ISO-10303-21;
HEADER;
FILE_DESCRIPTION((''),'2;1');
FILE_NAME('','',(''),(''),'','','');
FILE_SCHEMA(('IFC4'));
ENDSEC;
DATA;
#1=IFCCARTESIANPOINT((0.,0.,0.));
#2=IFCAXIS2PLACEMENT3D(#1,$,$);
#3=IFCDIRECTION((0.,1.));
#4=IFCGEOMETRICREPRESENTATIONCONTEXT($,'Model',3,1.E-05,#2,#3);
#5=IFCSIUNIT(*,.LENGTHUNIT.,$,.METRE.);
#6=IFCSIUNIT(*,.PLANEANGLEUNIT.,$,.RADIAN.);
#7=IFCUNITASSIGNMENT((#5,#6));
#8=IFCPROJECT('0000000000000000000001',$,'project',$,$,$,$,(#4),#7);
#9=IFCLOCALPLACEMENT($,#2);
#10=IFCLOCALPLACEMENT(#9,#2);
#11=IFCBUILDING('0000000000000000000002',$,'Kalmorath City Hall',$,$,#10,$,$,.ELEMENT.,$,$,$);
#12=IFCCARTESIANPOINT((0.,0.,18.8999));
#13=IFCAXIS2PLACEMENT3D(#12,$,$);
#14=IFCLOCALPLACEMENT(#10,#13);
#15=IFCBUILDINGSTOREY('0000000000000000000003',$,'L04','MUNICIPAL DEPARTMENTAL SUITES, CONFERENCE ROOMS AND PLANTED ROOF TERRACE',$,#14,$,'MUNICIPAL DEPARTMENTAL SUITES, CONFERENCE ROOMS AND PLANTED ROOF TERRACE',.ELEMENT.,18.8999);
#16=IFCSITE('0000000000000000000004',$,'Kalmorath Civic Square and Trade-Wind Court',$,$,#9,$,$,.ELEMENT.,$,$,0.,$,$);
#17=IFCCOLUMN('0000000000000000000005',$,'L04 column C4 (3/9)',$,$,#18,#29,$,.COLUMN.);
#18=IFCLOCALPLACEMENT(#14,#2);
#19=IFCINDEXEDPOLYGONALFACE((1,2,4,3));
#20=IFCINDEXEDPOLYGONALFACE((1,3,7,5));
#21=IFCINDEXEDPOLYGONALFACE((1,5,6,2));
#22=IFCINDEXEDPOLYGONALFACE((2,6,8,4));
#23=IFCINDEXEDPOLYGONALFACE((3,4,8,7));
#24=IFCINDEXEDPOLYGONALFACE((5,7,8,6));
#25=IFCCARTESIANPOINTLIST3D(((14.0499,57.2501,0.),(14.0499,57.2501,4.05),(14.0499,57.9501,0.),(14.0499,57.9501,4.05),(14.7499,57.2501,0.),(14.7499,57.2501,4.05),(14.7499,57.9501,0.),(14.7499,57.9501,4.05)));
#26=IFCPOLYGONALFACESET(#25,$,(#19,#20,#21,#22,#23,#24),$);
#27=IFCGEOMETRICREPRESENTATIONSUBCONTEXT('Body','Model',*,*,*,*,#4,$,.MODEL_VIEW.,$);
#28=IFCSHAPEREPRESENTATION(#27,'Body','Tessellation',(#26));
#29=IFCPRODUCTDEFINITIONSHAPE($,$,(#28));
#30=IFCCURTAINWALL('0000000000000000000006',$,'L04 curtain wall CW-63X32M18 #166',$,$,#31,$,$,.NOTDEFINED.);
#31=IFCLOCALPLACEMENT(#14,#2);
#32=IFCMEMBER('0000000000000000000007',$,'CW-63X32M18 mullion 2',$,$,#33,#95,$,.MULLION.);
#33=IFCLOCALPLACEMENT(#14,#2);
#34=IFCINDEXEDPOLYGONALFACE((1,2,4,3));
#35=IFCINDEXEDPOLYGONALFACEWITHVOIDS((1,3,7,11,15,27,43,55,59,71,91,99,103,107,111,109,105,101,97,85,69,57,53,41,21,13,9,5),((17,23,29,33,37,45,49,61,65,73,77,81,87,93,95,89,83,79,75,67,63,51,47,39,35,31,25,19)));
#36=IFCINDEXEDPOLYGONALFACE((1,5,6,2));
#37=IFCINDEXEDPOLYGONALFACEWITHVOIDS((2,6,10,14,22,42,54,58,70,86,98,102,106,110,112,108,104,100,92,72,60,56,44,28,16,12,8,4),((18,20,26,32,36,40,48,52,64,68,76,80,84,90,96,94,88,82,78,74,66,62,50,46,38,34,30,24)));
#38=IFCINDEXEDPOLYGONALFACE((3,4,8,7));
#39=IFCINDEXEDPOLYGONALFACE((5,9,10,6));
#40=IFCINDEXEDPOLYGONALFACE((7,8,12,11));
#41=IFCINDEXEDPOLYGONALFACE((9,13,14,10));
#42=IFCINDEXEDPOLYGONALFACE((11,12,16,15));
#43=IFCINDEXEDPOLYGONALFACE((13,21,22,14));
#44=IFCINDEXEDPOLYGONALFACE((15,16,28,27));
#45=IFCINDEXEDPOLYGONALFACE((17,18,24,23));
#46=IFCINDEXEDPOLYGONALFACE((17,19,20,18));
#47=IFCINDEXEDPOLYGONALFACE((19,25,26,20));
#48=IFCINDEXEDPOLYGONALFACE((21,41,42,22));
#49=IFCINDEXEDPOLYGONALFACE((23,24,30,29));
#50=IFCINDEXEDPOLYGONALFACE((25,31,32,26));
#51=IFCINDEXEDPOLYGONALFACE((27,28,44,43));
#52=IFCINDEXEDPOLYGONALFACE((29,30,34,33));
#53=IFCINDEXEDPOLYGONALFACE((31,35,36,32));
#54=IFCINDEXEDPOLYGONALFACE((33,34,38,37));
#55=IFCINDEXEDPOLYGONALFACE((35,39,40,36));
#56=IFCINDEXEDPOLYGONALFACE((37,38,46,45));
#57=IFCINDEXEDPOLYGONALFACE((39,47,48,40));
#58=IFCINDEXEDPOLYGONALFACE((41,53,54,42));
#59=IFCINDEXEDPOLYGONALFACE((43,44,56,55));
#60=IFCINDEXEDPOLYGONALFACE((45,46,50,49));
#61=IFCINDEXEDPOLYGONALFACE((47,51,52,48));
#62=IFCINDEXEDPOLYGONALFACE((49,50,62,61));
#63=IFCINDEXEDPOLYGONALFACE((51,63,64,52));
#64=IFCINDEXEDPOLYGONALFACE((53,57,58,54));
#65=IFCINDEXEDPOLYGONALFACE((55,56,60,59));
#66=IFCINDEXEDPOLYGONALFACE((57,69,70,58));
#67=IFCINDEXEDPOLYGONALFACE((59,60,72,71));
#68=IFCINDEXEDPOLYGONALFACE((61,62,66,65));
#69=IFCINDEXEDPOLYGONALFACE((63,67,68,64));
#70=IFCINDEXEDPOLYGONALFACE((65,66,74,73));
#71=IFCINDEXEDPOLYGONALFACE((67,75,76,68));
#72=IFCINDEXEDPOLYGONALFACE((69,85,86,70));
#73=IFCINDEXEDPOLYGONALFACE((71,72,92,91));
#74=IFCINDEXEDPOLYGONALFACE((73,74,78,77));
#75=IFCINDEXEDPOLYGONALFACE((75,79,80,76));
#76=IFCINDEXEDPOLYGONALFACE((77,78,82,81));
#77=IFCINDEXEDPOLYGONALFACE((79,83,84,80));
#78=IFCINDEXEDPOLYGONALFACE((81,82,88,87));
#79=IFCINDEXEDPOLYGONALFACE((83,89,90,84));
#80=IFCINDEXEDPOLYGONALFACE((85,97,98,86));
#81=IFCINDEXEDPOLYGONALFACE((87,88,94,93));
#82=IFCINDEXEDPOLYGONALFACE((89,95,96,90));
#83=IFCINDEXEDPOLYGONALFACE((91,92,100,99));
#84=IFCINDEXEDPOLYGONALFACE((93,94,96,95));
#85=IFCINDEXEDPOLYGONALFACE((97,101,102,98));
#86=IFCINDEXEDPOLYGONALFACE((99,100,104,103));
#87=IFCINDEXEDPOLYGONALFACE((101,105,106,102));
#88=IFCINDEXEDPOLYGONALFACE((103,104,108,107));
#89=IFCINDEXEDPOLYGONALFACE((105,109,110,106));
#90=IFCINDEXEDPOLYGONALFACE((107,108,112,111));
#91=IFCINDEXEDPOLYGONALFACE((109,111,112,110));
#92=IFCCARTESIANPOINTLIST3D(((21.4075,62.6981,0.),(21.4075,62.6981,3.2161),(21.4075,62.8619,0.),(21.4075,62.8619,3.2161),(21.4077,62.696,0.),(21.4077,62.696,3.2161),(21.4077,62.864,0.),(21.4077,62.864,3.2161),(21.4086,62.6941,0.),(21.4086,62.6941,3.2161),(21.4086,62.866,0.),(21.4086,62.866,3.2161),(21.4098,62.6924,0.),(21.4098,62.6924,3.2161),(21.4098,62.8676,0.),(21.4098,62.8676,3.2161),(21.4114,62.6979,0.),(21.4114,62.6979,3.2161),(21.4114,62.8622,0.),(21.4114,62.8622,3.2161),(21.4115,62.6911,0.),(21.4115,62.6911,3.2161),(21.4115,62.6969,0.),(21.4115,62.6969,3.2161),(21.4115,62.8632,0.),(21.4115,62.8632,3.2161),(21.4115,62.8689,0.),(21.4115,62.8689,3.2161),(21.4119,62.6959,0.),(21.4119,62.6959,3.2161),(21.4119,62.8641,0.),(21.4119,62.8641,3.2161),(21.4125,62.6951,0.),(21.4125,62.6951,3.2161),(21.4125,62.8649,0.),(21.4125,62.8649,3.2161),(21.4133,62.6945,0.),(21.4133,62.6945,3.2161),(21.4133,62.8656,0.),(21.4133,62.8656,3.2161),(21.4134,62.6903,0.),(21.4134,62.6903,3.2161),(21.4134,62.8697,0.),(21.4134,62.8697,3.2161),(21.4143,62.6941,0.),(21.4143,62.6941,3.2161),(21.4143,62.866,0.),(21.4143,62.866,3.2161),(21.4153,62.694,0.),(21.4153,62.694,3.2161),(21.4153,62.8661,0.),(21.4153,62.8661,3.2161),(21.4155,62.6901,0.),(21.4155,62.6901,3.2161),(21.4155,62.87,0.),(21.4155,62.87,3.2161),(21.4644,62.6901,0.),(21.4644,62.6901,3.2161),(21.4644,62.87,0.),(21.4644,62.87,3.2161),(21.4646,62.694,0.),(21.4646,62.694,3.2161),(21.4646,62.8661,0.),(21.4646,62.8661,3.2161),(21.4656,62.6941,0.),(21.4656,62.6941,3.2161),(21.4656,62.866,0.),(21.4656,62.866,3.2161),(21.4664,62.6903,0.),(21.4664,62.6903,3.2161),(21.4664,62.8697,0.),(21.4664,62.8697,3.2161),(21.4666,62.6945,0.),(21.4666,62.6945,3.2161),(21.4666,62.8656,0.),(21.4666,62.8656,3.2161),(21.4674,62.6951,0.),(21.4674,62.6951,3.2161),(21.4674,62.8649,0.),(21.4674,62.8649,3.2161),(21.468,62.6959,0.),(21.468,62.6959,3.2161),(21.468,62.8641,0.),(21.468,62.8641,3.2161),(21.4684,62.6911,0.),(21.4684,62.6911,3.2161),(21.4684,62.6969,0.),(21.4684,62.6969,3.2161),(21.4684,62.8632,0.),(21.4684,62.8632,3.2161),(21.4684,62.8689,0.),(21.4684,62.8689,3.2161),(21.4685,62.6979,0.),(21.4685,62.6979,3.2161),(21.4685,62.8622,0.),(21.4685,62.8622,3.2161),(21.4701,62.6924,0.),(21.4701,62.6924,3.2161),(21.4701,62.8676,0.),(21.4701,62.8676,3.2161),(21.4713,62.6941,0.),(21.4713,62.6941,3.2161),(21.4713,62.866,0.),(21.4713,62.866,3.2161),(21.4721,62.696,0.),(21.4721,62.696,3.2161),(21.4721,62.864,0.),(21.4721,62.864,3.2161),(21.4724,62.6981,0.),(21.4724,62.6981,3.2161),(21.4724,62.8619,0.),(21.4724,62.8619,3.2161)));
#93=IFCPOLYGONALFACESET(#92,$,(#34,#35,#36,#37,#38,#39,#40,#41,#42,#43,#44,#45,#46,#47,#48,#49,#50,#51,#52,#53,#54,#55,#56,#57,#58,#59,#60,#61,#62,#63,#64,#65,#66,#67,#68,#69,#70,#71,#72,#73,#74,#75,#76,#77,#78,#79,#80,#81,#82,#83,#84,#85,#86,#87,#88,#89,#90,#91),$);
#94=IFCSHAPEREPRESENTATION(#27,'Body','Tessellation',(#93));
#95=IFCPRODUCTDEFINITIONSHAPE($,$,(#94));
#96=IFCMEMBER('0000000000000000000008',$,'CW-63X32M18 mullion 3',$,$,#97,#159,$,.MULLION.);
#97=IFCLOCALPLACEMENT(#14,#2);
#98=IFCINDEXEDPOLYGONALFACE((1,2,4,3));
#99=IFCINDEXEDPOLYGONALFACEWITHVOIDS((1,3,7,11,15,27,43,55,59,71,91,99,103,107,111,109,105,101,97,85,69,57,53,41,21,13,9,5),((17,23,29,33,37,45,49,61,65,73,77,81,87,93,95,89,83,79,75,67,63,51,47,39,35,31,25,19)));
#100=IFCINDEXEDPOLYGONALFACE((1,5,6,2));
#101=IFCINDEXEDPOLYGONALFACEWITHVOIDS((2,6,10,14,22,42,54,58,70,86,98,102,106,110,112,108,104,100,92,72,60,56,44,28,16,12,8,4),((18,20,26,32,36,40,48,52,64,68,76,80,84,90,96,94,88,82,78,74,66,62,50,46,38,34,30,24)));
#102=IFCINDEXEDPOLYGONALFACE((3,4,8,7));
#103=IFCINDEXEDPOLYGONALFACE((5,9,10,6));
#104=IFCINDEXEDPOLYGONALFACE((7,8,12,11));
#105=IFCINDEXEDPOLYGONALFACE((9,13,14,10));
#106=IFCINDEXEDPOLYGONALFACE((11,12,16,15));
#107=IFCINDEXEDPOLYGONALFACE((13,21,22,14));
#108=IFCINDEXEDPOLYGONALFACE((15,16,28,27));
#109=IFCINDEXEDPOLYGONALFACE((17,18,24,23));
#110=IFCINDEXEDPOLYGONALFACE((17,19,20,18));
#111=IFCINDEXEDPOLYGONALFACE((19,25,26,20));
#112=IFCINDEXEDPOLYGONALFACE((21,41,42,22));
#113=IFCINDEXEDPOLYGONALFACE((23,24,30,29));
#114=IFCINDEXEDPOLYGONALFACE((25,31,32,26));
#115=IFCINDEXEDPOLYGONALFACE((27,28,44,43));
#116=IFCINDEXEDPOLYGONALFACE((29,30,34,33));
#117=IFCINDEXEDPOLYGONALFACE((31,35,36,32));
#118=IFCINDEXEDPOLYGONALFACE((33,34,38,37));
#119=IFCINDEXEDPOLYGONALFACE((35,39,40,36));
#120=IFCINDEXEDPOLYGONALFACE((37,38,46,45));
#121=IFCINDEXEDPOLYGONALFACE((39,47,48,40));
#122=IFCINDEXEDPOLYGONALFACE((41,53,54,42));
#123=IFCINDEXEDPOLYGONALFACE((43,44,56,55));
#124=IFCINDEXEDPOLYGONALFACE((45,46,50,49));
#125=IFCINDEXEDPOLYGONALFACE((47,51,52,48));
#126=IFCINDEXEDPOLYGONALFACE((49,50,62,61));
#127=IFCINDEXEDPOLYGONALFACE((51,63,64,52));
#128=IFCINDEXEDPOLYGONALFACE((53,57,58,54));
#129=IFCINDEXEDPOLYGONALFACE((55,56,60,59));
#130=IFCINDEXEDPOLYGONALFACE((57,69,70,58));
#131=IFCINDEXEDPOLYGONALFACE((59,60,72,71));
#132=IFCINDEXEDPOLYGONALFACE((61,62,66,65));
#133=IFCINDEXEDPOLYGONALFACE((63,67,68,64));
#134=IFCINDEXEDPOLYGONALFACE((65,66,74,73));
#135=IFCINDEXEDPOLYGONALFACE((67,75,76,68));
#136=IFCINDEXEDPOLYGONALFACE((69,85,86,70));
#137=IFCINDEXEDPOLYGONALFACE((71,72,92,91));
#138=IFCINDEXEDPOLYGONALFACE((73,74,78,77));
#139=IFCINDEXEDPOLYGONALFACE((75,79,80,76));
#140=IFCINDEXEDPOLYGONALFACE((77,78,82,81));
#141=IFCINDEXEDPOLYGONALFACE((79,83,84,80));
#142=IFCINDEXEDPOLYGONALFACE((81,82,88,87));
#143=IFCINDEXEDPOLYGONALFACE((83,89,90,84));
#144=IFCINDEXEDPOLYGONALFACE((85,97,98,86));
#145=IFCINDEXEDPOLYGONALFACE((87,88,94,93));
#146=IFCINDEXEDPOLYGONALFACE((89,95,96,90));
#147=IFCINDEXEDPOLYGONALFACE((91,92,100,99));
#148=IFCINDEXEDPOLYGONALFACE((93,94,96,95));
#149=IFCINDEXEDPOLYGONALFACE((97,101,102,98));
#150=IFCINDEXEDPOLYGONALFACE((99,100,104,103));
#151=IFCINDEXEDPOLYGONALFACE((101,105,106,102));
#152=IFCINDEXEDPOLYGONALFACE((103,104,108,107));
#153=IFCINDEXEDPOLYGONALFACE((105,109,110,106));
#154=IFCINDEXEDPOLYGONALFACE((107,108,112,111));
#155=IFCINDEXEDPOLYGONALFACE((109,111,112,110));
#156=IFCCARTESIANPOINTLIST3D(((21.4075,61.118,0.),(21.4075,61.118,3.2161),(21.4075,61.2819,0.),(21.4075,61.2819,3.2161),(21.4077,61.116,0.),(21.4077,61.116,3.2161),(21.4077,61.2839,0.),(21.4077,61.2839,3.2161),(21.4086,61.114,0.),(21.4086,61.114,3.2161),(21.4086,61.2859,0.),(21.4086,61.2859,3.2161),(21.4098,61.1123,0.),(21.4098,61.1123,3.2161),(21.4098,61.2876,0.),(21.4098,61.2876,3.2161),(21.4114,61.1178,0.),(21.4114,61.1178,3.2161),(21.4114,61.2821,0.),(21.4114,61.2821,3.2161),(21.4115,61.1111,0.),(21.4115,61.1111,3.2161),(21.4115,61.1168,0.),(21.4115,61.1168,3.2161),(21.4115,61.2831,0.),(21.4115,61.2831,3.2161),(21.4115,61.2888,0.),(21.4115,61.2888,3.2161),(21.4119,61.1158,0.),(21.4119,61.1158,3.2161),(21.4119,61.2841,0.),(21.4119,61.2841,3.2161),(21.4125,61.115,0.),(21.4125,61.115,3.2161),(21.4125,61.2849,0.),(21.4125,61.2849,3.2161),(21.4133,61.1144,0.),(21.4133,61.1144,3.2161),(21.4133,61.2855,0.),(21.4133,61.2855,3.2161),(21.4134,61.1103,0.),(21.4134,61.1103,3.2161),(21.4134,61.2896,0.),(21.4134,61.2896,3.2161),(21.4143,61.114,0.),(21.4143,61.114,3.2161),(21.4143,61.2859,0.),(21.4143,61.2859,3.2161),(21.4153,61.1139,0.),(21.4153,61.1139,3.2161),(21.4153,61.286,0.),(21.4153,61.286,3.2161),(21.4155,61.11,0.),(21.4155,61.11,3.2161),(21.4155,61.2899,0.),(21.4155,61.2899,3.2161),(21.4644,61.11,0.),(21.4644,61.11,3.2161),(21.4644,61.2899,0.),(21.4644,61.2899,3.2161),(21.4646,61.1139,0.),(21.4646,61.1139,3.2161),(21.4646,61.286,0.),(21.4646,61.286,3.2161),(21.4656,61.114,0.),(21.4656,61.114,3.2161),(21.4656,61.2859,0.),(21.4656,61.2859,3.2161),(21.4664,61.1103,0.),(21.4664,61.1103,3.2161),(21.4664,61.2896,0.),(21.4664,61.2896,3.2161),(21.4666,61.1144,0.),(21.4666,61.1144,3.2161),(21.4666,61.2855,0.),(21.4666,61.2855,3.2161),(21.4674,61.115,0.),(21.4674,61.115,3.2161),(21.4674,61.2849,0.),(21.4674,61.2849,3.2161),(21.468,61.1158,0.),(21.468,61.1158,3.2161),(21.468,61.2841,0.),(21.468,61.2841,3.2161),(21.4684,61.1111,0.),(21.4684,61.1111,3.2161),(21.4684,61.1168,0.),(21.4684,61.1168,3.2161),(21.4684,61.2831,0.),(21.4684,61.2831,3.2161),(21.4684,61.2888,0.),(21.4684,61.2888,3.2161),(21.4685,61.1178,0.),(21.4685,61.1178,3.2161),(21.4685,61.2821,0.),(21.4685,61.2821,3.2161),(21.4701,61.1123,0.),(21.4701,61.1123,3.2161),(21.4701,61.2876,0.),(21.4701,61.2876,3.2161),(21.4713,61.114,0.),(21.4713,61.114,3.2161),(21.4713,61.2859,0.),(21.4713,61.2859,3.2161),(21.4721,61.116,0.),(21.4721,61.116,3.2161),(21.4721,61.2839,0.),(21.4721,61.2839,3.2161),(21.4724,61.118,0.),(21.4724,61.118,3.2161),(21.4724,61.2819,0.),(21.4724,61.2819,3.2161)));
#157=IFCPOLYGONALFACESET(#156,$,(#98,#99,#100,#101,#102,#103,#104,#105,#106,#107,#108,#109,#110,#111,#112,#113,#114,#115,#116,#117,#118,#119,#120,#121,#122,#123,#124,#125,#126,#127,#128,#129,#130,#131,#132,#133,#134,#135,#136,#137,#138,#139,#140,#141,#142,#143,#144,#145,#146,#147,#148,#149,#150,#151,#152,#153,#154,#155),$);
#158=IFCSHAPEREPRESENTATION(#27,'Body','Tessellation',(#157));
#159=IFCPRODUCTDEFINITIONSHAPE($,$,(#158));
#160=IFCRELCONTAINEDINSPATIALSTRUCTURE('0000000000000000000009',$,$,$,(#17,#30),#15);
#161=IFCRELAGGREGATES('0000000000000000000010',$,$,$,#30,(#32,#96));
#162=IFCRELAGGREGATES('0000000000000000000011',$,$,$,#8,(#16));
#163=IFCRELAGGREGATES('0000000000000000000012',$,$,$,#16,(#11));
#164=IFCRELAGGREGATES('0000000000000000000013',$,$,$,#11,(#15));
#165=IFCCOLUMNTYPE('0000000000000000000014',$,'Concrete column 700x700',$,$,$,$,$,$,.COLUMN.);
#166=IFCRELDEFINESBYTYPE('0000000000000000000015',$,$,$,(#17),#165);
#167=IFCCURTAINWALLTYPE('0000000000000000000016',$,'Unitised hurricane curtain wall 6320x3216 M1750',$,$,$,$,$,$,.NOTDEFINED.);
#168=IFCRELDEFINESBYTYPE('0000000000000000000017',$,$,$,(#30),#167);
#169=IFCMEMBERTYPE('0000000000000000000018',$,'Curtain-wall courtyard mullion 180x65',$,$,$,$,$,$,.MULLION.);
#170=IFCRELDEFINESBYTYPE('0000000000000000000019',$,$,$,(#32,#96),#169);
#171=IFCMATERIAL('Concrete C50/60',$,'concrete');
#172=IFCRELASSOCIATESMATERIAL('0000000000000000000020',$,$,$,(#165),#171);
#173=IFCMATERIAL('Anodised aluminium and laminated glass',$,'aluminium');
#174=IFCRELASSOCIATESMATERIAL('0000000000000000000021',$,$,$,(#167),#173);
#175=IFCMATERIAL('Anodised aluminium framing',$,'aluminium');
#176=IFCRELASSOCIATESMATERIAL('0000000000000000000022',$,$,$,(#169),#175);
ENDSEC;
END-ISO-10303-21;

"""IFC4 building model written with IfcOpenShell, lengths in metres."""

from ifc_helpers import new_model, si_unit, direction, frame, origin, origin_2d, place, context, subcontext, project, spatial, rectangle, hollow_rectangle, extrude, material, material_profile, profile_set, type_object, element, aggregate, save


model = new_model("IFC4")

# Units and contexts
model_context = context("Model", 3, precision=1e-05, world=origin(), true_north=direction((0.0, 1.0)))
body_context = subcontext(model_context, "Body", "Model", "MODEL_VIEW")
ifc_project = project(units=[si_unit("LENGTHUNIT", "METRE"), si_unit("PLANEANGLEUNIT", "RADIAN")], contexts=[model_context])

# Site, building, storey
site_placement = place(None, origin())
site = spatial("IfcSite", under=ifc_project, at=site_placement, Name="Kalmorath Civic Square and Trade-Wind Court", CompositionType="ELEMENT", RefElevation=0.0)
building_placement = place(site_placement, origin())
building = spatial("IfcBuilding", under=site, at=building_placement, Name="Kalmorath City Hall", CompositionType="ELEMENT")
storey_placement = place(building_placement, frame((0.0, 0.0, 18.8999)))
storey = spatial("IfcBuildingStorey", under=building, at=storey_placement, Name="L04", Description="MUNICIPAL DEPARTMENTAL SUITES, CONFERENCE ROOMS AND PLANTED ROOF TERRACE", LongName="MUNICIPAL DEPARTMENTAL SUITES, CONFERENCE ROOMS AND PLANTED ROOF TERRACE", CompositionType="ELEMENT", Elevation=18.8999)

# Column
ifc_material_1 = material(Name="Concrete C50/60", Category="concrete")
ifc_material_profile_1 = material_profile(ifc_material_1, rectangle(XDim=0.7, YDim=0.7, at=origin_2d()), Name="RC-COL-700X700")
ifc_profile_set_1 = profile_set([ifc_material_profile_1], Name="Concrete C50/60")
column_type = type_object("IfcColumnType", Name="Concrete column 700x700", PredefinedType="COLUMN", material=ifc_profile_set_1)
column_placement = place(storey_placement, frame((14.3999, 57.6001, 0.0), z_axis=(0.0, 0.0, 1.0), x_axis=(1.0, 0.0, 0.0)))
element("IfcColumn", 1, at=column_placement, inside=storey, type_object=column_type, Name="L04 column C4 (3/9)", PredefinedType="COLUMN", context=body_context, shape_type="SweptSolid", body=[
    extrude(rectangle(XDim=0.7, YDim=0.7, at=origin_2d()), origin(), (0.0, 0.0, 1.0), 4.05),
])

# Curtain wall, members
ifc_material_2 = material(Name="Anodised aluminium and laminated glass", Category="aluminium")
curtain_wall_type = type_object("IfcCurtainWallType", Name="Unitised hurricane curtain wall 6320x3216 M1750", PredefinedType="NOTDEFINED", material=ifc_material_2)
curtain_wall_placement = place(storey_placement, origin())
curtain_wall = element("IfcCurtainWall", 2, at=curtain_wall_placement, inside=storey, type_object=curtain_wall_type, Name="L04 curtain wall CW-63X32M18 #166", PredefinedType="NOTDEFINED")
ifc_material_3 = material(Name="Anodised aluminium framing", Category="aluminium")
ifc_material_profile_2 = material_profile(ifc_material_3, hollow_rectangle(XDim=0.0649, YDim=0.1799, WallThickness=0.0039, InnerFilletRadius=0.0039, OuterFilletRadius=0.0081, at=origin_2d()), Name="ALU-MUL-180X65X4")
ifc_profile_set_2 = profile_set([ifc_material_profile_2], Name="Anodised aluminium framing")
member_type_1 = type_object("IfcMemberType", Name="Curtain-wall courtyard mullion 180x65", PredefinedType="MULLION", material=ifc_profile_set_2)
member_1_placement = place(storey_placement, frame((21.4399, 62.78, 0.0), z_axis=(0.0, 0.0, 1.0), x_axis=(1.0, 0.0, 0.0)))
member_1 = element("IfcMember", 3, at=member_1_placement, type_object=member_type_1, Name="CW-63X32M18 mullion 2", PredefinedType="MULLION", context=body_context, shape_type="SweptSolid", body=[
    extrude(hollow_rectangle(XDim=0.0649, YDim=0.1799, WallThickness=0.0039, InnerFilletRadius=0.0039, OuterFilletRadius=0.0081, at=origin_2d()), origin(), (0.0, 0.0, 1.0), 3.2161),
])
member_2_placement = place(storey_placement, frame((21.4399, 61.2, 0.0), z_axis=(0.0, 0.0, 1.0), x_axis=(1.0, 0.0, 0.0)))
member_2 = element("IfcMember", 4, at=member_2_placement, type_object=member_type_1, Name="CW-63X32M18 mullion 3", PredefinedType="MULLION", context=body_context, shape_type="SweptSolid", body=[
    extrude(hollow_rectangle(XDim=0.0649, YDim=0.1799, WallThickness=0.0039, InnerFilletRadius=0.0039, OuterFilletRadius=0.0081, at=origin_2d()), origin(), (0.0, 0.0, 1.0), 3.2161),
])

aggregate(curtain_wall, [member_1, member_2])

save(model, "model.ifc")
